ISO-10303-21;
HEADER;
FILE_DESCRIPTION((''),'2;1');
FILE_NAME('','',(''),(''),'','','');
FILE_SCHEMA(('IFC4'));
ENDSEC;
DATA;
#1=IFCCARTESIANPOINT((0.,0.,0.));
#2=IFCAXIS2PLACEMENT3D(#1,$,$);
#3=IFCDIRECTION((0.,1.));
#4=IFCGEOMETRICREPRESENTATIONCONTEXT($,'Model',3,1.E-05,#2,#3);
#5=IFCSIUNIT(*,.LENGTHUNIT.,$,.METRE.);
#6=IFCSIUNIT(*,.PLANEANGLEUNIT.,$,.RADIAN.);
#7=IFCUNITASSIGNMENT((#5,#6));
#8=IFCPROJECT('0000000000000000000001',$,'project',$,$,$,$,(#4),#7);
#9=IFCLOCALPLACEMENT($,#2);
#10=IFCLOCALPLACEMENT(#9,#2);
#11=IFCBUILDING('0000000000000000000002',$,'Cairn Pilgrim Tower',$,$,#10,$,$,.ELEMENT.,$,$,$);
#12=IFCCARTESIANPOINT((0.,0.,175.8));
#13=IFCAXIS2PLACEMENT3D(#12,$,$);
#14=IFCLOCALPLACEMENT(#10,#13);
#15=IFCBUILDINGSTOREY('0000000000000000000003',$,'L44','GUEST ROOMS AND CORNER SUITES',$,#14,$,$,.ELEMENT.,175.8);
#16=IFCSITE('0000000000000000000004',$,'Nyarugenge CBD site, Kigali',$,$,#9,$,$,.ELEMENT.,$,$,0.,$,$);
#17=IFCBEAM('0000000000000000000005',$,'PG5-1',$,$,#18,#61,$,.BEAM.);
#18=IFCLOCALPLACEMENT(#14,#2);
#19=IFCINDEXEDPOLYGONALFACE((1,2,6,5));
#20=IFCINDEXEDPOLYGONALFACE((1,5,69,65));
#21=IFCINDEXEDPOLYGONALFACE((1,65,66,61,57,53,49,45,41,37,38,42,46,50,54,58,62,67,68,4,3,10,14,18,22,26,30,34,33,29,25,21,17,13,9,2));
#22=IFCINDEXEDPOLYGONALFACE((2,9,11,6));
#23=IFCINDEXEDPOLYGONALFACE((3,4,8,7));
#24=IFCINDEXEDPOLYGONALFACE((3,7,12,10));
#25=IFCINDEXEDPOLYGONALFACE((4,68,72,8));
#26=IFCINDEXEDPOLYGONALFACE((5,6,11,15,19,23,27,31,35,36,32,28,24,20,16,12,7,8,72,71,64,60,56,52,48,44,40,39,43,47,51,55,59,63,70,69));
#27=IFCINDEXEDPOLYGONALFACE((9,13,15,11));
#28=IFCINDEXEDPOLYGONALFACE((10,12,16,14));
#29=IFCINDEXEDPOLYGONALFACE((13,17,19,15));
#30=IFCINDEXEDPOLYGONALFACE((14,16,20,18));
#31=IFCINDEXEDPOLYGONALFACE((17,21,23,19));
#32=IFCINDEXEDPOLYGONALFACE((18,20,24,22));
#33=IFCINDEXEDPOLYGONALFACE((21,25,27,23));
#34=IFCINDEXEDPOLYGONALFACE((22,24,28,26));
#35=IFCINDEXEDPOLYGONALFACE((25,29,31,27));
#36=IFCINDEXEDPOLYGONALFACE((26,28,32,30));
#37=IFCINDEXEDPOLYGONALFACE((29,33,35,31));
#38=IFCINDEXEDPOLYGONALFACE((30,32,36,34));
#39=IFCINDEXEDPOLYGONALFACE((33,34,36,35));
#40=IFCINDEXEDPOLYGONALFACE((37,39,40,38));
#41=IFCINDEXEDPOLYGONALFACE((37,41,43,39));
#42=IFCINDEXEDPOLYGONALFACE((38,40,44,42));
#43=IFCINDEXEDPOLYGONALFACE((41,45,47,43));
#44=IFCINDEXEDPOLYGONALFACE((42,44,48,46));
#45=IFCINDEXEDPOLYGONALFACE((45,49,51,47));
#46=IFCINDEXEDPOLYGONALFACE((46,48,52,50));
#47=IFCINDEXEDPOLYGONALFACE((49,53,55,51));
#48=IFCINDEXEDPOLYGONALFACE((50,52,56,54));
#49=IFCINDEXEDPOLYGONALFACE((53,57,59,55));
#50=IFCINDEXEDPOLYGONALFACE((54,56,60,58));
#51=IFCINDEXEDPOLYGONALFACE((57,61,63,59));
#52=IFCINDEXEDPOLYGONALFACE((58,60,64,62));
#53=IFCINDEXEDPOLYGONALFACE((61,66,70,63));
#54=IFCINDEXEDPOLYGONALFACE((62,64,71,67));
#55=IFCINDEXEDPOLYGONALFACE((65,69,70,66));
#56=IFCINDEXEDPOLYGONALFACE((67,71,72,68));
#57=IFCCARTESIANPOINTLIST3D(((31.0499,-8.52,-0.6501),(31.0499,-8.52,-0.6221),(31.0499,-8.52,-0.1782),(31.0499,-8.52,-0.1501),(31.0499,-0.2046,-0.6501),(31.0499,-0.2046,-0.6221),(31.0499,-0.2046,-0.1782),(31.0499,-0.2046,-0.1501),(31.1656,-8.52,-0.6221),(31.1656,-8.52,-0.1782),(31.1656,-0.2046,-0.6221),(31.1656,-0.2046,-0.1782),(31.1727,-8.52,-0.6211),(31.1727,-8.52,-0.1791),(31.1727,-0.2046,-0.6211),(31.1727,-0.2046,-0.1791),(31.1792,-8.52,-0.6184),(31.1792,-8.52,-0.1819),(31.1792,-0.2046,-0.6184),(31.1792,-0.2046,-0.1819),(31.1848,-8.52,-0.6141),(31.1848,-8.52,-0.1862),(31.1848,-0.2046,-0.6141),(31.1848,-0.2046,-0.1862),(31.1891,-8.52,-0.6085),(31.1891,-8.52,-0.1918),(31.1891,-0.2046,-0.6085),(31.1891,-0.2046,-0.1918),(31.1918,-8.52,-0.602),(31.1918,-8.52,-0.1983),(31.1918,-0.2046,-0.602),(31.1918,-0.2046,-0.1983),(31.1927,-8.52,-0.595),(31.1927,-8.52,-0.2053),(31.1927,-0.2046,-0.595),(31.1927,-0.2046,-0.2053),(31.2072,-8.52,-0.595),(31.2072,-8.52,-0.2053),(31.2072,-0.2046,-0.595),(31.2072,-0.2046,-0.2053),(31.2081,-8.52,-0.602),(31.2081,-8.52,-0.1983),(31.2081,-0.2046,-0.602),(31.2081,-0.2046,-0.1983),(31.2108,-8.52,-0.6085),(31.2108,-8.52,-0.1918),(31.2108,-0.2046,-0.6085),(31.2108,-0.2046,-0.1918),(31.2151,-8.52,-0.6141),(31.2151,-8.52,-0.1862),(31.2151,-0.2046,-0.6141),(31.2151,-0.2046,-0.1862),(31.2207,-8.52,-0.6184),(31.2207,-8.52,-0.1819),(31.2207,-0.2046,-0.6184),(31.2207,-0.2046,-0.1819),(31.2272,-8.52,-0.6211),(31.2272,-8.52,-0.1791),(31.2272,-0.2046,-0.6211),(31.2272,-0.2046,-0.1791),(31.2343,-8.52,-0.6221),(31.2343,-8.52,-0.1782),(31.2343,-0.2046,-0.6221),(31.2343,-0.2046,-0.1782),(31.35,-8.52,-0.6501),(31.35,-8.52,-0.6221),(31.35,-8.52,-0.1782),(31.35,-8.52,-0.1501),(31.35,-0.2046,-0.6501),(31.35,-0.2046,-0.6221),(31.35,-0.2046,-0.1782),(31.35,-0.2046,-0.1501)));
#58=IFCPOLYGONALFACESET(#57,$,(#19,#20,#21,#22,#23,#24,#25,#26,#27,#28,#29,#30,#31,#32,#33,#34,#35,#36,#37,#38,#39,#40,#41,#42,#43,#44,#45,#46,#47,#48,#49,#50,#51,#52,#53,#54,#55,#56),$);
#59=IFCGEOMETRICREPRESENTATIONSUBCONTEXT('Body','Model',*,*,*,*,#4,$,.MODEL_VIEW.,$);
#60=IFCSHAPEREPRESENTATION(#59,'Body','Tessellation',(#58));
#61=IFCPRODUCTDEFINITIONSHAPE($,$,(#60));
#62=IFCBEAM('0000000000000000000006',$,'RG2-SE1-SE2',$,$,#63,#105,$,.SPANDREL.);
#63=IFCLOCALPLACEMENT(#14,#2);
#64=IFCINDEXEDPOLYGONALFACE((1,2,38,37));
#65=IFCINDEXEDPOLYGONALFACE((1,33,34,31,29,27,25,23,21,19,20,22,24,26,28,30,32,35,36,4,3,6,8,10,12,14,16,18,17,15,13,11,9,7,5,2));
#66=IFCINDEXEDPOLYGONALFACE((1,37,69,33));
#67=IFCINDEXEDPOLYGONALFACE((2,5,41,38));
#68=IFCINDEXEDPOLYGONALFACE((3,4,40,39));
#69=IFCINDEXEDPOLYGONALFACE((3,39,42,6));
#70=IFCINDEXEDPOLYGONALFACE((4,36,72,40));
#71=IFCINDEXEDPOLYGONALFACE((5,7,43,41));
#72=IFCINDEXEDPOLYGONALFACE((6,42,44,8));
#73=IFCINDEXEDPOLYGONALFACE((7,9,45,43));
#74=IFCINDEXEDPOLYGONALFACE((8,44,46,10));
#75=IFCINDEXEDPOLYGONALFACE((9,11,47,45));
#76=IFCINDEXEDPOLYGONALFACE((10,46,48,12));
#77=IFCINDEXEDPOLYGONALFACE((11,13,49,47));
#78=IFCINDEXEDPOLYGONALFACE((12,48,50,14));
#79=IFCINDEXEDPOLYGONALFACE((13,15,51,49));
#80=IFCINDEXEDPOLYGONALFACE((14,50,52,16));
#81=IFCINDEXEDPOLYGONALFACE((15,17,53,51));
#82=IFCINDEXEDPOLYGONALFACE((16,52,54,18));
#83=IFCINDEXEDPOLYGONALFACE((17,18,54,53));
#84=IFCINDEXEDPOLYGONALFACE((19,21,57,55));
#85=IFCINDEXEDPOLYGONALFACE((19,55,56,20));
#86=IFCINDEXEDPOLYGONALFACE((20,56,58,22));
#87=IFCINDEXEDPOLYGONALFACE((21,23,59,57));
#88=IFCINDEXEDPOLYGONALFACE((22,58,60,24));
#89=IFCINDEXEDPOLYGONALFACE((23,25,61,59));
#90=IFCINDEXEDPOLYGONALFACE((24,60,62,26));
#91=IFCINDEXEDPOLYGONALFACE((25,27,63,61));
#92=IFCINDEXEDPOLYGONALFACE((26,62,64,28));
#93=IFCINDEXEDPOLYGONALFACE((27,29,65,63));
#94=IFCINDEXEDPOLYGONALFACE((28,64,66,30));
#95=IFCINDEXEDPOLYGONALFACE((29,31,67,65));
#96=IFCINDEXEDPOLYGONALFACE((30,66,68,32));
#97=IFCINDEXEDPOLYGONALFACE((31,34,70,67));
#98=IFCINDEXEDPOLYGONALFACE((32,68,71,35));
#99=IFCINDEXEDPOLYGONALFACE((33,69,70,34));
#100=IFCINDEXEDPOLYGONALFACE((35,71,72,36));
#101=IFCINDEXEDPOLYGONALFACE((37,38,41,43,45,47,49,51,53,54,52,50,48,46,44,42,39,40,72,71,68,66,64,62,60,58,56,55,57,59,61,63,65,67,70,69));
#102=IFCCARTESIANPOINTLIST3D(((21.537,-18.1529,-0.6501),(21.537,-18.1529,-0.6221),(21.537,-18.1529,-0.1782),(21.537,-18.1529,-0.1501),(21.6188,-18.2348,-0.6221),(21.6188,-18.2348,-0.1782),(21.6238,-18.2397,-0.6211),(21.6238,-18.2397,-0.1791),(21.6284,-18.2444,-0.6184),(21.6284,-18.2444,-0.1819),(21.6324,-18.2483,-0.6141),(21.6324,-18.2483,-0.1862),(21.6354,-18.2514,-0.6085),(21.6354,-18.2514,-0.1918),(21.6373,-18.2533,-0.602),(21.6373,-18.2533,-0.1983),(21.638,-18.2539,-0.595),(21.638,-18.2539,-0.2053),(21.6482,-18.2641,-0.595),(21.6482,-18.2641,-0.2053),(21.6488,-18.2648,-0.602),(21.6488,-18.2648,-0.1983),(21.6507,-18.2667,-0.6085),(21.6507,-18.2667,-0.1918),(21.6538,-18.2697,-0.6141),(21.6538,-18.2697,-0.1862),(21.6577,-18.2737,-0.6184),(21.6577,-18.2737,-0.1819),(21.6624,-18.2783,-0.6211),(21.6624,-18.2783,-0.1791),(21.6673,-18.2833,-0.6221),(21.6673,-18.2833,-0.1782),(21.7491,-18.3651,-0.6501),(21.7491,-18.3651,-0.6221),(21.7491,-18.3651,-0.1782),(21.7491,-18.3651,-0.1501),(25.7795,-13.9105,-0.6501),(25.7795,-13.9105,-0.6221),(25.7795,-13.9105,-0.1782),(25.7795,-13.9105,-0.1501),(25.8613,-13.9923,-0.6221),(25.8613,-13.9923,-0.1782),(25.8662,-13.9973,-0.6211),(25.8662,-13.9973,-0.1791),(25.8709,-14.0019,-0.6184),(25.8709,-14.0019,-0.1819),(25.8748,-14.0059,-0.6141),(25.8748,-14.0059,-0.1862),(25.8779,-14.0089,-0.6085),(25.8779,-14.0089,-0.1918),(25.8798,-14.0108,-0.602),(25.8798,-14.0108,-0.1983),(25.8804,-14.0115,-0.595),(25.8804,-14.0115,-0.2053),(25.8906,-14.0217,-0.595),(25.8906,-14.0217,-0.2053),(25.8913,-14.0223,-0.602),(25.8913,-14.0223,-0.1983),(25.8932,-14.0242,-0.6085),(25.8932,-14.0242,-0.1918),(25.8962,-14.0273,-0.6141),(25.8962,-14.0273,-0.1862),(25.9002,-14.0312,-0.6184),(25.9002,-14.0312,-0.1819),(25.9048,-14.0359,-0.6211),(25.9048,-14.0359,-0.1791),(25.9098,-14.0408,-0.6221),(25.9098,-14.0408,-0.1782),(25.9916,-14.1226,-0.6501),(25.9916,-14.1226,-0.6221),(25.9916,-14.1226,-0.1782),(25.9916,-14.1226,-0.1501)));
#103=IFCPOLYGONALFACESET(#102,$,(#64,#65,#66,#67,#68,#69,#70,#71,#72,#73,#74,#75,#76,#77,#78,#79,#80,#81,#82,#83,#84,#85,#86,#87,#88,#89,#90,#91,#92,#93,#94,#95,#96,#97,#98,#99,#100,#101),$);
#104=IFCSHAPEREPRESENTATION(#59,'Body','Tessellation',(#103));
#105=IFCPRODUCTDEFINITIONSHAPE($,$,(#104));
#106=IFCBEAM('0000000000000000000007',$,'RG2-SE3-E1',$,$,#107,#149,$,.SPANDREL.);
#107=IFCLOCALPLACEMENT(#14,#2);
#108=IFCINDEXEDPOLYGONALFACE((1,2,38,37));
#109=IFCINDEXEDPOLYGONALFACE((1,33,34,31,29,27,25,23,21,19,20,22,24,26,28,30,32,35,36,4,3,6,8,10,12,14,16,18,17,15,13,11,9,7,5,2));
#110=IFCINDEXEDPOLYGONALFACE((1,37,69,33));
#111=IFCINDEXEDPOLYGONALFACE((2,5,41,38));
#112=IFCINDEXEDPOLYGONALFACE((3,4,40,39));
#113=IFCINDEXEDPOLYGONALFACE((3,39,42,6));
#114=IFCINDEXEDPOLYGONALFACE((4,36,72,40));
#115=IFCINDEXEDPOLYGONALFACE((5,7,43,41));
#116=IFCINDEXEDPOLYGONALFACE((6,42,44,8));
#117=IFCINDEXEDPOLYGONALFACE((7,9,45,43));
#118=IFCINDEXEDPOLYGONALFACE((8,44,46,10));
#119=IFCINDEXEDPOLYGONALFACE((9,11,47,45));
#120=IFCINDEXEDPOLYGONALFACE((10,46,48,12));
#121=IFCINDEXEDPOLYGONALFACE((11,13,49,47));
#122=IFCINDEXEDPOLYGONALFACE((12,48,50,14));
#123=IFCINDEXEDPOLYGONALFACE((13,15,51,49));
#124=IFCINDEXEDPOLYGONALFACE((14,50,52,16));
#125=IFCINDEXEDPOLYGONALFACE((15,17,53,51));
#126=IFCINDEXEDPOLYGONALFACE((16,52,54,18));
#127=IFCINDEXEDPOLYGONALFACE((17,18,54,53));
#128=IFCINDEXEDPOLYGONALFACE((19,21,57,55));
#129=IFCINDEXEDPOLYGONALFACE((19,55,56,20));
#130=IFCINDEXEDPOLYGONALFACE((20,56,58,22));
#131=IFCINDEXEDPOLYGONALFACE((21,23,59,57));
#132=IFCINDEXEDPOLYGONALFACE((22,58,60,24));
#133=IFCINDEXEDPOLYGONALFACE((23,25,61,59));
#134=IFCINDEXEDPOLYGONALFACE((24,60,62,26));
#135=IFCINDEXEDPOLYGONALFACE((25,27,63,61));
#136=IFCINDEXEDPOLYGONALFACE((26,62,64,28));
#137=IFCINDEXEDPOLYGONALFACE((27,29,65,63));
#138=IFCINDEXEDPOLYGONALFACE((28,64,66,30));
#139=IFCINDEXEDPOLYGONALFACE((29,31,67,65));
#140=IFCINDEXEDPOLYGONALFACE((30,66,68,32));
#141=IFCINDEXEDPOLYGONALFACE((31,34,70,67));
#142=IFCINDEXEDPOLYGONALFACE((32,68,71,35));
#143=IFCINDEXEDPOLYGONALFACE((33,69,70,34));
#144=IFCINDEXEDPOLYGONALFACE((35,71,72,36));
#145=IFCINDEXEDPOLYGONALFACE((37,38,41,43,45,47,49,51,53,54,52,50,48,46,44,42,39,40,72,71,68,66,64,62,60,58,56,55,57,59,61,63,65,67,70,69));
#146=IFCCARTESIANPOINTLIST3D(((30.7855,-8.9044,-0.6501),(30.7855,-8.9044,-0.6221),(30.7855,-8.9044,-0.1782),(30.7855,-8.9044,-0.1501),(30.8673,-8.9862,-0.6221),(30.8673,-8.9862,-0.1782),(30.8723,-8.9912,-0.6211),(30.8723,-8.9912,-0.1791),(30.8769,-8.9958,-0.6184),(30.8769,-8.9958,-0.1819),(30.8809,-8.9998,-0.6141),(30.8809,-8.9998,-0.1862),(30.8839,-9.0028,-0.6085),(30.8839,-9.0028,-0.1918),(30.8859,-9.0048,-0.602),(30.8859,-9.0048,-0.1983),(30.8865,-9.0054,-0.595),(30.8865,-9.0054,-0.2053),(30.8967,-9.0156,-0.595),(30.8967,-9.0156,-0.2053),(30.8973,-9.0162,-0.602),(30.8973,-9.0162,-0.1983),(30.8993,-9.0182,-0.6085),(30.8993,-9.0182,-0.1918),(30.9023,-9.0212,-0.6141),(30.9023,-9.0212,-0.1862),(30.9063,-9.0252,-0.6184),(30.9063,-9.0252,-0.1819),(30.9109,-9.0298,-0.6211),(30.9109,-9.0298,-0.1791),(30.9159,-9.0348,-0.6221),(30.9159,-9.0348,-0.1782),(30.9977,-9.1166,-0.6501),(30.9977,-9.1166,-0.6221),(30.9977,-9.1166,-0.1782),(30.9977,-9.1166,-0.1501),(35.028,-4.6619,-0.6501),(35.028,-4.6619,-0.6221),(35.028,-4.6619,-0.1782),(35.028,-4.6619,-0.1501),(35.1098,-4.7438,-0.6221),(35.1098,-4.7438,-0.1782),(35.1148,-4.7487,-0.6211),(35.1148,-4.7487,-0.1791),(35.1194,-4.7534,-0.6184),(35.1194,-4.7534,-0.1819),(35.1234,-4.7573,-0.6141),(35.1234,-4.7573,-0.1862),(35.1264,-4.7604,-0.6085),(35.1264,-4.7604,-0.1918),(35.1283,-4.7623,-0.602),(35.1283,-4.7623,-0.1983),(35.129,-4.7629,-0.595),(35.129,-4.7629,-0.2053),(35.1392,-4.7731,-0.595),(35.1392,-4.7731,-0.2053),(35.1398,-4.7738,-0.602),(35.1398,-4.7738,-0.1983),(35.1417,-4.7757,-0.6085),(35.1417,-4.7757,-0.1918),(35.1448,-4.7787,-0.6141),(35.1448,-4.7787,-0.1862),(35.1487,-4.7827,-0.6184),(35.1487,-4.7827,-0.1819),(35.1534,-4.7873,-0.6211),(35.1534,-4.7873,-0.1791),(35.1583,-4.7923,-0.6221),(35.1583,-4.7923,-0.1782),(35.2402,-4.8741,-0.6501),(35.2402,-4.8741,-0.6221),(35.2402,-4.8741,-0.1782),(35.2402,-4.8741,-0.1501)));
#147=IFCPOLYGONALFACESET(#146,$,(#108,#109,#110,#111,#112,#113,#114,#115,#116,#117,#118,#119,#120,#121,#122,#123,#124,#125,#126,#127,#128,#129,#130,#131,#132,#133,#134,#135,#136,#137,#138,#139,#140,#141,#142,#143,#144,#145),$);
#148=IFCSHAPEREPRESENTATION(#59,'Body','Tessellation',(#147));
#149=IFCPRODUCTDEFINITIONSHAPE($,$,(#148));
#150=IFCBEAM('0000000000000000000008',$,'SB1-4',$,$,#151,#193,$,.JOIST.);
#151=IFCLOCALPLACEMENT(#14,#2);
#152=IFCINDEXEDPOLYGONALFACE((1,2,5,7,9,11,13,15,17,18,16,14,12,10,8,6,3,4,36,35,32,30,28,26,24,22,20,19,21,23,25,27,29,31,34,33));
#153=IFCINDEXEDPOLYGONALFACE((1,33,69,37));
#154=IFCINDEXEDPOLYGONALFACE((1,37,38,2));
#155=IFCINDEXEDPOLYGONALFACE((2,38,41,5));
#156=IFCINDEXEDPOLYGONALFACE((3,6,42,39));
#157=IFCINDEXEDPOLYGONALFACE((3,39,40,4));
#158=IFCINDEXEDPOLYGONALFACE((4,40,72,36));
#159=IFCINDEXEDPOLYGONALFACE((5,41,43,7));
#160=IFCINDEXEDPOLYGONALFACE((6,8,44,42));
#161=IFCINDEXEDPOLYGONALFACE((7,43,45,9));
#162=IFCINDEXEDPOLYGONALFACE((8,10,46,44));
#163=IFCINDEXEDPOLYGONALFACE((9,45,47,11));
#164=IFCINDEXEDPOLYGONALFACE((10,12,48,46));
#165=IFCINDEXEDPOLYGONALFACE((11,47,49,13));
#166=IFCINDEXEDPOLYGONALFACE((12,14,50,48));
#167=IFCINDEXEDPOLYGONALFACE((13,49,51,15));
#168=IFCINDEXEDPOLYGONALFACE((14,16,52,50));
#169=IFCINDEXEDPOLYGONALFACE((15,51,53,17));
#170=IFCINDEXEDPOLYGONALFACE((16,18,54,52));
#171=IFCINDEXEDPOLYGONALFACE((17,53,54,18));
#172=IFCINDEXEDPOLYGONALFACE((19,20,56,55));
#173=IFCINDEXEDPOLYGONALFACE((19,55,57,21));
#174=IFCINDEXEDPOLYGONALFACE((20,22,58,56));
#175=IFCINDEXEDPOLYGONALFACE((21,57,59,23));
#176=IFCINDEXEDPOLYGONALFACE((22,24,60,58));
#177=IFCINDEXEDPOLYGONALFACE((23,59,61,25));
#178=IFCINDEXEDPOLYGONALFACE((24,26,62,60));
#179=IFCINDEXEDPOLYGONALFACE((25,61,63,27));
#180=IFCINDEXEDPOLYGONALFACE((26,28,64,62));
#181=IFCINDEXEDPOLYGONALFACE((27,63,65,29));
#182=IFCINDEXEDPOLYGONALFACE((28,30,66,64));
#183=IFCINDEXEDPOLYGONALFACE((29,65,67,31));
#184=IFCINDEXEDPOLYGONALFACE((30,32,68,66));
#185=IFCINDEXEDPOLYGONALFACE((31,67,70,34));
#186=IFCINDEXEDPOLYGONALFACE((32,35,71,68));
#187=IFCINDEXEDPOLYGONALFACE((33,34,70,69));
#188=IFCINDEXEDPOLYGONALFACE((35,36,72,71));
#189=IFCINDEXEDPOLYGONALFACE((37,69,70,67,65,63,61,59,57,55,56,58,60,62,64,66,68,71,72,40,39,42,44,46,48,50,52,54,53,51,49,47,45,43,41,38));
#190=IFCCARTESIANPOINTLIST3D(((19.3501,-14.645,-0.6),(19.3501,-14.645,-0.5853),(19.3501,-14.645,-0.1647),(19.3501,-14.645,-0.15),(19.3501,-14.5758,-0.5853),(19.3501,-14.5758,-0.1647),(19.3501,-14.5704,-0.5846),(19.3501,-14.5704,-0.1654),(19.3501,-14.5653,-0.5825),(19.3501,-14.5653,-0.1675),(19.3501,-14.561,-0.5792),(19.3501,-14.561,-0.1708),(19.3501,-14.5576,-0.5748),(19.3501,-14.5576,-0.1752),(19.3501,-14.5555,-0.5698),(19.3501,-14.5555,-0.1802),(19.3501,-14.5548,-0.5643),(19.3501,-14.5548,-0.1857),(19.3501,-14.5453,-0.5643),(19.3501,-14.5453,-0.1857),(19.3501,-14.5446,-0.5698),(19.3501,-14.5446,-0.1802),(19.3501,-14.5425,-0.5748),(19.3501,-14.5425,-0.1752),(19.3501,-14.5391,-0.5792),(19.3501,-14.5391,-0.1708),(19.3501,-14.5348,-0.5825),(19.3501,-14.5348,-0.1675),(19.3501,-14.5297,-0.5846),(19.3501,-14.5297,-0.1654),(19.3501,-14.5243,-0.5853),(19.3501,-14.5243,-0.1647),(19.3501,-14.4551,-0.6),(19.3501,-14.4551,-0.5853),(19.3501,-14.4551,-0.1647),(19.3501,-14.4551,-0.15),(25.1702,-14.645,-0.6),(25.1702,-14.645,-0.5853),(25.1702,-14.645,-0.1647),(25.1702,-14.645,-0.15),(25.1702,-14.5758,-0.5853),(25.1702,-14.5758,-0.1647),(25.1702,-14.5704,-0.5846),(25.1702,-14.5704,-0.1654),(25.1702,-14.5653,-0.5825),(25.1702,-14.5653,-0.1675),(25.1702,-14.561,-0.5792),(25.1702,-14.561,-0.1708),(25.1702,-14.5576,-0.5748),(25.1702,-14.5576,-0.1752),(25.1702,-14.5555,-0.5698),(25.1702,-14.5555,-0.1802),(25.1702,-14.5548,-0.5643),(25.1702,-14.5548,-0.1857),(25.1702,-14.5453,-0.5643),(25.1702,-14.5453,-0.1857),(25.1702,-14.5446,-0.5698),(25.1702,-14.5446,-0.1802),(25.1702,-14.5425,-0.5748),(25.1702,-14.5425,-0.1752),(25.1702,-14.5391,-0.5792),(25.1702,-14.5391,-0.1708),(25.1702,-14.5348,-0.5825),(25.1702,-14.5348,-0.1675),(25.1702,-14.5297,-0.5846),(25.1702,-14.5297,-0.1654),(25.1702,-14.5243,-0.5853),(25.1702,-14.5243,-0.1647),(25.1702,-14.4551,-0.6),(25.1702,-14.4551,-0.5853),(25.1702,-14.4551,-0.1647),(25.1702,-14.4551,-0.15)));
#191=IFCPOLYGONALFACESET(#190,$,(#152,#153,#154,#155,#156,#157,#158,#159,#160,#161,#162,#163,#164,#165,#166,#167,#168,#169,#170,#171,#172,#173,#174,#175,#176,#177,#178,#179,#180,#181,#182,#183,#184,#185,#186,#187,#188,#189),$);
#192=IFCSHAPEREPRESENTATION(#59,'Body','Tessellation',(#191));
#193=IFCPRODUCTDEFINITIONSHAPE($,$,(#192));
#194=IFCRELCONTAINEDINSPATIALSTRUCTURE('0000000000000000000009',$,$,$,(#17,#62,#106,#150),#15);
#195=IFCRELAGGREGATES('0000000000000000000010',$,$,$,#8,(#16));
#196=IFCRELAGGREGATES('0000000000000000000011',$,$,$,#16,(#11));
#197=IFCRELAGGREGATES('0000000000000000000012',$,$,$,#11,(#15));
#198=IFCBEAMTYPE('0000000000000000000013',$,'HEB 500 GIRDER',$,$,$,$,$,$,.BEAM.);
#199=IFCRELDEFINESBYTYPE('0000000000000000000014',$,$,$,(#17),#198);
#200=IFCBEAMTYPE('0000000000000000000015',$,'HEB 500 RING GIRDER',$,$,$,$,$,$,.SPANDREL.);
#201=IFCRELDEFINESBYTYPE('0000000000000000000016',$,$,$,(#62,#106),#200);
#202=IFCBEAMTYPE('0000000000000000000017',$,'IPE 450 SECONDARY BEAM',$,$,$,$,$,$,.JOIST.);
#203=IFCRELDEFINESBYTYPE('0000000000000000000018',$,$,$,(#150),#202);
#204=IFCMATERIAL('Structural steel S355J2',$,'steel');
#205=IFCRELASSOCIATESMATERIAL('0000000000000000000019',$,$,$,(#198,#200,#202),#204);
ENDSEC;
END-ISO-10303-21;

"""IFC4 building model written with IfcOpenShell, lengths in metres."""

from ifc_helpers import new_model, si_unit, direction, frame, origin, origin_2d, place, context, subcontext, project, spatial, i_section, extrude, material, material_profile, profile_set, type_object, element, save


model = new_model("IFC4")

# Units and contexts
model_context = context("Model", 3, precision=1e-05, world=origin(), true_north=direction((0.0, 1.0)))
body_context = subcontext(model_context, "Body", "Model", "MODEL_VIEW")
ifc_project = project(units=[si_unit("LENGTHUNIT", "METRE"), si_unit("PLANEANGLEUNIT", "RADIAN")], contexts=[model_context])

# Site, building, storey
site_placement = place(None, origin())
site = spatial("IfcSite", under=ifc_project, at=site_placement, Name="Nyarugenge CBD site, Kigali", CompositionType="ELEMENT", RefElevation=0.0)
building_placement = place(site_placement, origin())
building = spatial("IfcBuilding", under=site, at=building_placement, Name="Cairn Pilgrim Tower", CompositionType="ELEMENT")
storey_placement = place(building_placement, frame((0.0, 0.0, 175.8)))
storey = spatial("IfcBuildingStorey", under=building, at=storey_placement, Name="L44", Description="GUEST ROOMS AND CORNER SUITES", CompositionType="ELEMENT", Elevation=175.8)

# Shared definitions
ifc_material_1 = material(Name="Structural steel S355J2", Category="steel")

# Beams
ifc_material_profile_1 = material_profile(ifc_material_1, i_section(OverallWidth=0.3, OverallDepth=0.5, WebThickness=0.0144, FlangeThickness=0.0281, FilletRadius=0.0271, at=origin_2d()), Name="HEB 500")
ifc_profile_set_1 = profile_set([ifc_material_profile_1], Name="Structural steel S355J2")
beam_type_1 = type_object("IfcBeamType", Name="HEB 500 GIRDER", PredefinedType="BEAM", material=ifc_profile_set_1)
beam_1_placement = place(storey_placement, frame((31.2, -8.52, -0.4001), z_axis=(0.0, 1.0, 0.0), x_axis=(-1.0, 0.0, 0.0)))
element("IfcBeam", 1, at=beam_1_placement, inside=storey, type_object=beam_type_1, Name="PG5-1", PredefinedType="BEAM", context=body_context, shape_type="SweptSolid", body=[
    extrude(i_section(OverallWidth=0.3, OverallDepth=0.5, WebThickness=0.0144, FlangeThickness=0.0281, FilletRadius=0.0271, at=origin_2d()), origin(), (0.0, 0.0, 1.0), 8.3154),
])
ifc_material_profile_2 = material_profile(ifc_material_1, i_section(OverallWidth=0.3, OverallDepth=0.5, WebThickness=0.0144, FlangeThickness=0.0281, FilletRadius=0.0271, at=origin_2d()), Name="HEB 500")
ifc_profile_set_2 = profile_set([ifc_material_profile_2], Name="Structural steel S355J2")
beam_type_2 = type_object("IfcBeamType", Name="HEB 500 RING GIRDER", PredefinedType="SPANDREL", material=ifc_profile_set_2)
for number, where, z_axis, x_axis, name in (
    (2, (21.6431, -18.259, -0.4001), (0.707107, 0.707107, 0.0), (-0.707107, 0.707107, 0.0), "RG2-SE1-SE2"),
    (3, (30.8916, -9.0105, -0.4001), (0.707107, 0.707107, 0.0), (-0.707107, 0.707107, 0.0), "RG2-SE3-E1"),
):
    element("IfcBeam", number, at=place(storey_placement, frame(where, z_axis=z_axis, x_axis=x_axis)), inside=storey, type_object=beam_type_2, Name=name, PredefinedType="SPANDREL", context=body_context, shape_type="SweptSolid", body=[
        extrude(i_section(OverallWidth=0.3, OverallDepth=0.5, WebThickness=0.0144, FlangeThickness=0.0281, FilletRadius=0.0271, at=origin_2d()), origin(), (0.0, 0.0, 1.0), 5.9998),
    ])
ifc_material_profile_3 = material_profile(ifc_material_1, i_section(OverallWidth=0.1899, OverallDepth=0.45, WebThickness=0.0095, FlangeThickness=0.0146, FilletRadius=0.021, at=origin_2d()), Name="IPE 450")
ifc_profile_set_3 = profile_set([ifc_material_profile_3], Name="Structural steel S355J2")
beam_type_3 = type_object("IfcBeamType", Name="IPE 450 SECONDARY BEAM", PredefinedType="JOIST", material=ifc_profile_set_3)
beam_2_placement = place(storey_placement, frame((19.3501, -14.55, -0.375), z_axis=(1.0, 0.0, 0.0), x_axis=(0.0, 1.0, 0.0)))
element("IfcBeam", 4, at=beam_2_placement, inside=storey, type_object=beam_type_3, Name="SB1-4", PredefinedType="JOIST", context=body_context, shape_type="SweptSolid", body=[
    extrude(i_section(OverallWidth=0.1899, OverallDepth=0.45, WebThickness=0.0095, FlangeThickness=0.0146, FilletRadius=0.021, at=origin_2d()), origin(), (0.0, 0.0, 1.0), 5.8201),
])

save(model, "model.ifc")
